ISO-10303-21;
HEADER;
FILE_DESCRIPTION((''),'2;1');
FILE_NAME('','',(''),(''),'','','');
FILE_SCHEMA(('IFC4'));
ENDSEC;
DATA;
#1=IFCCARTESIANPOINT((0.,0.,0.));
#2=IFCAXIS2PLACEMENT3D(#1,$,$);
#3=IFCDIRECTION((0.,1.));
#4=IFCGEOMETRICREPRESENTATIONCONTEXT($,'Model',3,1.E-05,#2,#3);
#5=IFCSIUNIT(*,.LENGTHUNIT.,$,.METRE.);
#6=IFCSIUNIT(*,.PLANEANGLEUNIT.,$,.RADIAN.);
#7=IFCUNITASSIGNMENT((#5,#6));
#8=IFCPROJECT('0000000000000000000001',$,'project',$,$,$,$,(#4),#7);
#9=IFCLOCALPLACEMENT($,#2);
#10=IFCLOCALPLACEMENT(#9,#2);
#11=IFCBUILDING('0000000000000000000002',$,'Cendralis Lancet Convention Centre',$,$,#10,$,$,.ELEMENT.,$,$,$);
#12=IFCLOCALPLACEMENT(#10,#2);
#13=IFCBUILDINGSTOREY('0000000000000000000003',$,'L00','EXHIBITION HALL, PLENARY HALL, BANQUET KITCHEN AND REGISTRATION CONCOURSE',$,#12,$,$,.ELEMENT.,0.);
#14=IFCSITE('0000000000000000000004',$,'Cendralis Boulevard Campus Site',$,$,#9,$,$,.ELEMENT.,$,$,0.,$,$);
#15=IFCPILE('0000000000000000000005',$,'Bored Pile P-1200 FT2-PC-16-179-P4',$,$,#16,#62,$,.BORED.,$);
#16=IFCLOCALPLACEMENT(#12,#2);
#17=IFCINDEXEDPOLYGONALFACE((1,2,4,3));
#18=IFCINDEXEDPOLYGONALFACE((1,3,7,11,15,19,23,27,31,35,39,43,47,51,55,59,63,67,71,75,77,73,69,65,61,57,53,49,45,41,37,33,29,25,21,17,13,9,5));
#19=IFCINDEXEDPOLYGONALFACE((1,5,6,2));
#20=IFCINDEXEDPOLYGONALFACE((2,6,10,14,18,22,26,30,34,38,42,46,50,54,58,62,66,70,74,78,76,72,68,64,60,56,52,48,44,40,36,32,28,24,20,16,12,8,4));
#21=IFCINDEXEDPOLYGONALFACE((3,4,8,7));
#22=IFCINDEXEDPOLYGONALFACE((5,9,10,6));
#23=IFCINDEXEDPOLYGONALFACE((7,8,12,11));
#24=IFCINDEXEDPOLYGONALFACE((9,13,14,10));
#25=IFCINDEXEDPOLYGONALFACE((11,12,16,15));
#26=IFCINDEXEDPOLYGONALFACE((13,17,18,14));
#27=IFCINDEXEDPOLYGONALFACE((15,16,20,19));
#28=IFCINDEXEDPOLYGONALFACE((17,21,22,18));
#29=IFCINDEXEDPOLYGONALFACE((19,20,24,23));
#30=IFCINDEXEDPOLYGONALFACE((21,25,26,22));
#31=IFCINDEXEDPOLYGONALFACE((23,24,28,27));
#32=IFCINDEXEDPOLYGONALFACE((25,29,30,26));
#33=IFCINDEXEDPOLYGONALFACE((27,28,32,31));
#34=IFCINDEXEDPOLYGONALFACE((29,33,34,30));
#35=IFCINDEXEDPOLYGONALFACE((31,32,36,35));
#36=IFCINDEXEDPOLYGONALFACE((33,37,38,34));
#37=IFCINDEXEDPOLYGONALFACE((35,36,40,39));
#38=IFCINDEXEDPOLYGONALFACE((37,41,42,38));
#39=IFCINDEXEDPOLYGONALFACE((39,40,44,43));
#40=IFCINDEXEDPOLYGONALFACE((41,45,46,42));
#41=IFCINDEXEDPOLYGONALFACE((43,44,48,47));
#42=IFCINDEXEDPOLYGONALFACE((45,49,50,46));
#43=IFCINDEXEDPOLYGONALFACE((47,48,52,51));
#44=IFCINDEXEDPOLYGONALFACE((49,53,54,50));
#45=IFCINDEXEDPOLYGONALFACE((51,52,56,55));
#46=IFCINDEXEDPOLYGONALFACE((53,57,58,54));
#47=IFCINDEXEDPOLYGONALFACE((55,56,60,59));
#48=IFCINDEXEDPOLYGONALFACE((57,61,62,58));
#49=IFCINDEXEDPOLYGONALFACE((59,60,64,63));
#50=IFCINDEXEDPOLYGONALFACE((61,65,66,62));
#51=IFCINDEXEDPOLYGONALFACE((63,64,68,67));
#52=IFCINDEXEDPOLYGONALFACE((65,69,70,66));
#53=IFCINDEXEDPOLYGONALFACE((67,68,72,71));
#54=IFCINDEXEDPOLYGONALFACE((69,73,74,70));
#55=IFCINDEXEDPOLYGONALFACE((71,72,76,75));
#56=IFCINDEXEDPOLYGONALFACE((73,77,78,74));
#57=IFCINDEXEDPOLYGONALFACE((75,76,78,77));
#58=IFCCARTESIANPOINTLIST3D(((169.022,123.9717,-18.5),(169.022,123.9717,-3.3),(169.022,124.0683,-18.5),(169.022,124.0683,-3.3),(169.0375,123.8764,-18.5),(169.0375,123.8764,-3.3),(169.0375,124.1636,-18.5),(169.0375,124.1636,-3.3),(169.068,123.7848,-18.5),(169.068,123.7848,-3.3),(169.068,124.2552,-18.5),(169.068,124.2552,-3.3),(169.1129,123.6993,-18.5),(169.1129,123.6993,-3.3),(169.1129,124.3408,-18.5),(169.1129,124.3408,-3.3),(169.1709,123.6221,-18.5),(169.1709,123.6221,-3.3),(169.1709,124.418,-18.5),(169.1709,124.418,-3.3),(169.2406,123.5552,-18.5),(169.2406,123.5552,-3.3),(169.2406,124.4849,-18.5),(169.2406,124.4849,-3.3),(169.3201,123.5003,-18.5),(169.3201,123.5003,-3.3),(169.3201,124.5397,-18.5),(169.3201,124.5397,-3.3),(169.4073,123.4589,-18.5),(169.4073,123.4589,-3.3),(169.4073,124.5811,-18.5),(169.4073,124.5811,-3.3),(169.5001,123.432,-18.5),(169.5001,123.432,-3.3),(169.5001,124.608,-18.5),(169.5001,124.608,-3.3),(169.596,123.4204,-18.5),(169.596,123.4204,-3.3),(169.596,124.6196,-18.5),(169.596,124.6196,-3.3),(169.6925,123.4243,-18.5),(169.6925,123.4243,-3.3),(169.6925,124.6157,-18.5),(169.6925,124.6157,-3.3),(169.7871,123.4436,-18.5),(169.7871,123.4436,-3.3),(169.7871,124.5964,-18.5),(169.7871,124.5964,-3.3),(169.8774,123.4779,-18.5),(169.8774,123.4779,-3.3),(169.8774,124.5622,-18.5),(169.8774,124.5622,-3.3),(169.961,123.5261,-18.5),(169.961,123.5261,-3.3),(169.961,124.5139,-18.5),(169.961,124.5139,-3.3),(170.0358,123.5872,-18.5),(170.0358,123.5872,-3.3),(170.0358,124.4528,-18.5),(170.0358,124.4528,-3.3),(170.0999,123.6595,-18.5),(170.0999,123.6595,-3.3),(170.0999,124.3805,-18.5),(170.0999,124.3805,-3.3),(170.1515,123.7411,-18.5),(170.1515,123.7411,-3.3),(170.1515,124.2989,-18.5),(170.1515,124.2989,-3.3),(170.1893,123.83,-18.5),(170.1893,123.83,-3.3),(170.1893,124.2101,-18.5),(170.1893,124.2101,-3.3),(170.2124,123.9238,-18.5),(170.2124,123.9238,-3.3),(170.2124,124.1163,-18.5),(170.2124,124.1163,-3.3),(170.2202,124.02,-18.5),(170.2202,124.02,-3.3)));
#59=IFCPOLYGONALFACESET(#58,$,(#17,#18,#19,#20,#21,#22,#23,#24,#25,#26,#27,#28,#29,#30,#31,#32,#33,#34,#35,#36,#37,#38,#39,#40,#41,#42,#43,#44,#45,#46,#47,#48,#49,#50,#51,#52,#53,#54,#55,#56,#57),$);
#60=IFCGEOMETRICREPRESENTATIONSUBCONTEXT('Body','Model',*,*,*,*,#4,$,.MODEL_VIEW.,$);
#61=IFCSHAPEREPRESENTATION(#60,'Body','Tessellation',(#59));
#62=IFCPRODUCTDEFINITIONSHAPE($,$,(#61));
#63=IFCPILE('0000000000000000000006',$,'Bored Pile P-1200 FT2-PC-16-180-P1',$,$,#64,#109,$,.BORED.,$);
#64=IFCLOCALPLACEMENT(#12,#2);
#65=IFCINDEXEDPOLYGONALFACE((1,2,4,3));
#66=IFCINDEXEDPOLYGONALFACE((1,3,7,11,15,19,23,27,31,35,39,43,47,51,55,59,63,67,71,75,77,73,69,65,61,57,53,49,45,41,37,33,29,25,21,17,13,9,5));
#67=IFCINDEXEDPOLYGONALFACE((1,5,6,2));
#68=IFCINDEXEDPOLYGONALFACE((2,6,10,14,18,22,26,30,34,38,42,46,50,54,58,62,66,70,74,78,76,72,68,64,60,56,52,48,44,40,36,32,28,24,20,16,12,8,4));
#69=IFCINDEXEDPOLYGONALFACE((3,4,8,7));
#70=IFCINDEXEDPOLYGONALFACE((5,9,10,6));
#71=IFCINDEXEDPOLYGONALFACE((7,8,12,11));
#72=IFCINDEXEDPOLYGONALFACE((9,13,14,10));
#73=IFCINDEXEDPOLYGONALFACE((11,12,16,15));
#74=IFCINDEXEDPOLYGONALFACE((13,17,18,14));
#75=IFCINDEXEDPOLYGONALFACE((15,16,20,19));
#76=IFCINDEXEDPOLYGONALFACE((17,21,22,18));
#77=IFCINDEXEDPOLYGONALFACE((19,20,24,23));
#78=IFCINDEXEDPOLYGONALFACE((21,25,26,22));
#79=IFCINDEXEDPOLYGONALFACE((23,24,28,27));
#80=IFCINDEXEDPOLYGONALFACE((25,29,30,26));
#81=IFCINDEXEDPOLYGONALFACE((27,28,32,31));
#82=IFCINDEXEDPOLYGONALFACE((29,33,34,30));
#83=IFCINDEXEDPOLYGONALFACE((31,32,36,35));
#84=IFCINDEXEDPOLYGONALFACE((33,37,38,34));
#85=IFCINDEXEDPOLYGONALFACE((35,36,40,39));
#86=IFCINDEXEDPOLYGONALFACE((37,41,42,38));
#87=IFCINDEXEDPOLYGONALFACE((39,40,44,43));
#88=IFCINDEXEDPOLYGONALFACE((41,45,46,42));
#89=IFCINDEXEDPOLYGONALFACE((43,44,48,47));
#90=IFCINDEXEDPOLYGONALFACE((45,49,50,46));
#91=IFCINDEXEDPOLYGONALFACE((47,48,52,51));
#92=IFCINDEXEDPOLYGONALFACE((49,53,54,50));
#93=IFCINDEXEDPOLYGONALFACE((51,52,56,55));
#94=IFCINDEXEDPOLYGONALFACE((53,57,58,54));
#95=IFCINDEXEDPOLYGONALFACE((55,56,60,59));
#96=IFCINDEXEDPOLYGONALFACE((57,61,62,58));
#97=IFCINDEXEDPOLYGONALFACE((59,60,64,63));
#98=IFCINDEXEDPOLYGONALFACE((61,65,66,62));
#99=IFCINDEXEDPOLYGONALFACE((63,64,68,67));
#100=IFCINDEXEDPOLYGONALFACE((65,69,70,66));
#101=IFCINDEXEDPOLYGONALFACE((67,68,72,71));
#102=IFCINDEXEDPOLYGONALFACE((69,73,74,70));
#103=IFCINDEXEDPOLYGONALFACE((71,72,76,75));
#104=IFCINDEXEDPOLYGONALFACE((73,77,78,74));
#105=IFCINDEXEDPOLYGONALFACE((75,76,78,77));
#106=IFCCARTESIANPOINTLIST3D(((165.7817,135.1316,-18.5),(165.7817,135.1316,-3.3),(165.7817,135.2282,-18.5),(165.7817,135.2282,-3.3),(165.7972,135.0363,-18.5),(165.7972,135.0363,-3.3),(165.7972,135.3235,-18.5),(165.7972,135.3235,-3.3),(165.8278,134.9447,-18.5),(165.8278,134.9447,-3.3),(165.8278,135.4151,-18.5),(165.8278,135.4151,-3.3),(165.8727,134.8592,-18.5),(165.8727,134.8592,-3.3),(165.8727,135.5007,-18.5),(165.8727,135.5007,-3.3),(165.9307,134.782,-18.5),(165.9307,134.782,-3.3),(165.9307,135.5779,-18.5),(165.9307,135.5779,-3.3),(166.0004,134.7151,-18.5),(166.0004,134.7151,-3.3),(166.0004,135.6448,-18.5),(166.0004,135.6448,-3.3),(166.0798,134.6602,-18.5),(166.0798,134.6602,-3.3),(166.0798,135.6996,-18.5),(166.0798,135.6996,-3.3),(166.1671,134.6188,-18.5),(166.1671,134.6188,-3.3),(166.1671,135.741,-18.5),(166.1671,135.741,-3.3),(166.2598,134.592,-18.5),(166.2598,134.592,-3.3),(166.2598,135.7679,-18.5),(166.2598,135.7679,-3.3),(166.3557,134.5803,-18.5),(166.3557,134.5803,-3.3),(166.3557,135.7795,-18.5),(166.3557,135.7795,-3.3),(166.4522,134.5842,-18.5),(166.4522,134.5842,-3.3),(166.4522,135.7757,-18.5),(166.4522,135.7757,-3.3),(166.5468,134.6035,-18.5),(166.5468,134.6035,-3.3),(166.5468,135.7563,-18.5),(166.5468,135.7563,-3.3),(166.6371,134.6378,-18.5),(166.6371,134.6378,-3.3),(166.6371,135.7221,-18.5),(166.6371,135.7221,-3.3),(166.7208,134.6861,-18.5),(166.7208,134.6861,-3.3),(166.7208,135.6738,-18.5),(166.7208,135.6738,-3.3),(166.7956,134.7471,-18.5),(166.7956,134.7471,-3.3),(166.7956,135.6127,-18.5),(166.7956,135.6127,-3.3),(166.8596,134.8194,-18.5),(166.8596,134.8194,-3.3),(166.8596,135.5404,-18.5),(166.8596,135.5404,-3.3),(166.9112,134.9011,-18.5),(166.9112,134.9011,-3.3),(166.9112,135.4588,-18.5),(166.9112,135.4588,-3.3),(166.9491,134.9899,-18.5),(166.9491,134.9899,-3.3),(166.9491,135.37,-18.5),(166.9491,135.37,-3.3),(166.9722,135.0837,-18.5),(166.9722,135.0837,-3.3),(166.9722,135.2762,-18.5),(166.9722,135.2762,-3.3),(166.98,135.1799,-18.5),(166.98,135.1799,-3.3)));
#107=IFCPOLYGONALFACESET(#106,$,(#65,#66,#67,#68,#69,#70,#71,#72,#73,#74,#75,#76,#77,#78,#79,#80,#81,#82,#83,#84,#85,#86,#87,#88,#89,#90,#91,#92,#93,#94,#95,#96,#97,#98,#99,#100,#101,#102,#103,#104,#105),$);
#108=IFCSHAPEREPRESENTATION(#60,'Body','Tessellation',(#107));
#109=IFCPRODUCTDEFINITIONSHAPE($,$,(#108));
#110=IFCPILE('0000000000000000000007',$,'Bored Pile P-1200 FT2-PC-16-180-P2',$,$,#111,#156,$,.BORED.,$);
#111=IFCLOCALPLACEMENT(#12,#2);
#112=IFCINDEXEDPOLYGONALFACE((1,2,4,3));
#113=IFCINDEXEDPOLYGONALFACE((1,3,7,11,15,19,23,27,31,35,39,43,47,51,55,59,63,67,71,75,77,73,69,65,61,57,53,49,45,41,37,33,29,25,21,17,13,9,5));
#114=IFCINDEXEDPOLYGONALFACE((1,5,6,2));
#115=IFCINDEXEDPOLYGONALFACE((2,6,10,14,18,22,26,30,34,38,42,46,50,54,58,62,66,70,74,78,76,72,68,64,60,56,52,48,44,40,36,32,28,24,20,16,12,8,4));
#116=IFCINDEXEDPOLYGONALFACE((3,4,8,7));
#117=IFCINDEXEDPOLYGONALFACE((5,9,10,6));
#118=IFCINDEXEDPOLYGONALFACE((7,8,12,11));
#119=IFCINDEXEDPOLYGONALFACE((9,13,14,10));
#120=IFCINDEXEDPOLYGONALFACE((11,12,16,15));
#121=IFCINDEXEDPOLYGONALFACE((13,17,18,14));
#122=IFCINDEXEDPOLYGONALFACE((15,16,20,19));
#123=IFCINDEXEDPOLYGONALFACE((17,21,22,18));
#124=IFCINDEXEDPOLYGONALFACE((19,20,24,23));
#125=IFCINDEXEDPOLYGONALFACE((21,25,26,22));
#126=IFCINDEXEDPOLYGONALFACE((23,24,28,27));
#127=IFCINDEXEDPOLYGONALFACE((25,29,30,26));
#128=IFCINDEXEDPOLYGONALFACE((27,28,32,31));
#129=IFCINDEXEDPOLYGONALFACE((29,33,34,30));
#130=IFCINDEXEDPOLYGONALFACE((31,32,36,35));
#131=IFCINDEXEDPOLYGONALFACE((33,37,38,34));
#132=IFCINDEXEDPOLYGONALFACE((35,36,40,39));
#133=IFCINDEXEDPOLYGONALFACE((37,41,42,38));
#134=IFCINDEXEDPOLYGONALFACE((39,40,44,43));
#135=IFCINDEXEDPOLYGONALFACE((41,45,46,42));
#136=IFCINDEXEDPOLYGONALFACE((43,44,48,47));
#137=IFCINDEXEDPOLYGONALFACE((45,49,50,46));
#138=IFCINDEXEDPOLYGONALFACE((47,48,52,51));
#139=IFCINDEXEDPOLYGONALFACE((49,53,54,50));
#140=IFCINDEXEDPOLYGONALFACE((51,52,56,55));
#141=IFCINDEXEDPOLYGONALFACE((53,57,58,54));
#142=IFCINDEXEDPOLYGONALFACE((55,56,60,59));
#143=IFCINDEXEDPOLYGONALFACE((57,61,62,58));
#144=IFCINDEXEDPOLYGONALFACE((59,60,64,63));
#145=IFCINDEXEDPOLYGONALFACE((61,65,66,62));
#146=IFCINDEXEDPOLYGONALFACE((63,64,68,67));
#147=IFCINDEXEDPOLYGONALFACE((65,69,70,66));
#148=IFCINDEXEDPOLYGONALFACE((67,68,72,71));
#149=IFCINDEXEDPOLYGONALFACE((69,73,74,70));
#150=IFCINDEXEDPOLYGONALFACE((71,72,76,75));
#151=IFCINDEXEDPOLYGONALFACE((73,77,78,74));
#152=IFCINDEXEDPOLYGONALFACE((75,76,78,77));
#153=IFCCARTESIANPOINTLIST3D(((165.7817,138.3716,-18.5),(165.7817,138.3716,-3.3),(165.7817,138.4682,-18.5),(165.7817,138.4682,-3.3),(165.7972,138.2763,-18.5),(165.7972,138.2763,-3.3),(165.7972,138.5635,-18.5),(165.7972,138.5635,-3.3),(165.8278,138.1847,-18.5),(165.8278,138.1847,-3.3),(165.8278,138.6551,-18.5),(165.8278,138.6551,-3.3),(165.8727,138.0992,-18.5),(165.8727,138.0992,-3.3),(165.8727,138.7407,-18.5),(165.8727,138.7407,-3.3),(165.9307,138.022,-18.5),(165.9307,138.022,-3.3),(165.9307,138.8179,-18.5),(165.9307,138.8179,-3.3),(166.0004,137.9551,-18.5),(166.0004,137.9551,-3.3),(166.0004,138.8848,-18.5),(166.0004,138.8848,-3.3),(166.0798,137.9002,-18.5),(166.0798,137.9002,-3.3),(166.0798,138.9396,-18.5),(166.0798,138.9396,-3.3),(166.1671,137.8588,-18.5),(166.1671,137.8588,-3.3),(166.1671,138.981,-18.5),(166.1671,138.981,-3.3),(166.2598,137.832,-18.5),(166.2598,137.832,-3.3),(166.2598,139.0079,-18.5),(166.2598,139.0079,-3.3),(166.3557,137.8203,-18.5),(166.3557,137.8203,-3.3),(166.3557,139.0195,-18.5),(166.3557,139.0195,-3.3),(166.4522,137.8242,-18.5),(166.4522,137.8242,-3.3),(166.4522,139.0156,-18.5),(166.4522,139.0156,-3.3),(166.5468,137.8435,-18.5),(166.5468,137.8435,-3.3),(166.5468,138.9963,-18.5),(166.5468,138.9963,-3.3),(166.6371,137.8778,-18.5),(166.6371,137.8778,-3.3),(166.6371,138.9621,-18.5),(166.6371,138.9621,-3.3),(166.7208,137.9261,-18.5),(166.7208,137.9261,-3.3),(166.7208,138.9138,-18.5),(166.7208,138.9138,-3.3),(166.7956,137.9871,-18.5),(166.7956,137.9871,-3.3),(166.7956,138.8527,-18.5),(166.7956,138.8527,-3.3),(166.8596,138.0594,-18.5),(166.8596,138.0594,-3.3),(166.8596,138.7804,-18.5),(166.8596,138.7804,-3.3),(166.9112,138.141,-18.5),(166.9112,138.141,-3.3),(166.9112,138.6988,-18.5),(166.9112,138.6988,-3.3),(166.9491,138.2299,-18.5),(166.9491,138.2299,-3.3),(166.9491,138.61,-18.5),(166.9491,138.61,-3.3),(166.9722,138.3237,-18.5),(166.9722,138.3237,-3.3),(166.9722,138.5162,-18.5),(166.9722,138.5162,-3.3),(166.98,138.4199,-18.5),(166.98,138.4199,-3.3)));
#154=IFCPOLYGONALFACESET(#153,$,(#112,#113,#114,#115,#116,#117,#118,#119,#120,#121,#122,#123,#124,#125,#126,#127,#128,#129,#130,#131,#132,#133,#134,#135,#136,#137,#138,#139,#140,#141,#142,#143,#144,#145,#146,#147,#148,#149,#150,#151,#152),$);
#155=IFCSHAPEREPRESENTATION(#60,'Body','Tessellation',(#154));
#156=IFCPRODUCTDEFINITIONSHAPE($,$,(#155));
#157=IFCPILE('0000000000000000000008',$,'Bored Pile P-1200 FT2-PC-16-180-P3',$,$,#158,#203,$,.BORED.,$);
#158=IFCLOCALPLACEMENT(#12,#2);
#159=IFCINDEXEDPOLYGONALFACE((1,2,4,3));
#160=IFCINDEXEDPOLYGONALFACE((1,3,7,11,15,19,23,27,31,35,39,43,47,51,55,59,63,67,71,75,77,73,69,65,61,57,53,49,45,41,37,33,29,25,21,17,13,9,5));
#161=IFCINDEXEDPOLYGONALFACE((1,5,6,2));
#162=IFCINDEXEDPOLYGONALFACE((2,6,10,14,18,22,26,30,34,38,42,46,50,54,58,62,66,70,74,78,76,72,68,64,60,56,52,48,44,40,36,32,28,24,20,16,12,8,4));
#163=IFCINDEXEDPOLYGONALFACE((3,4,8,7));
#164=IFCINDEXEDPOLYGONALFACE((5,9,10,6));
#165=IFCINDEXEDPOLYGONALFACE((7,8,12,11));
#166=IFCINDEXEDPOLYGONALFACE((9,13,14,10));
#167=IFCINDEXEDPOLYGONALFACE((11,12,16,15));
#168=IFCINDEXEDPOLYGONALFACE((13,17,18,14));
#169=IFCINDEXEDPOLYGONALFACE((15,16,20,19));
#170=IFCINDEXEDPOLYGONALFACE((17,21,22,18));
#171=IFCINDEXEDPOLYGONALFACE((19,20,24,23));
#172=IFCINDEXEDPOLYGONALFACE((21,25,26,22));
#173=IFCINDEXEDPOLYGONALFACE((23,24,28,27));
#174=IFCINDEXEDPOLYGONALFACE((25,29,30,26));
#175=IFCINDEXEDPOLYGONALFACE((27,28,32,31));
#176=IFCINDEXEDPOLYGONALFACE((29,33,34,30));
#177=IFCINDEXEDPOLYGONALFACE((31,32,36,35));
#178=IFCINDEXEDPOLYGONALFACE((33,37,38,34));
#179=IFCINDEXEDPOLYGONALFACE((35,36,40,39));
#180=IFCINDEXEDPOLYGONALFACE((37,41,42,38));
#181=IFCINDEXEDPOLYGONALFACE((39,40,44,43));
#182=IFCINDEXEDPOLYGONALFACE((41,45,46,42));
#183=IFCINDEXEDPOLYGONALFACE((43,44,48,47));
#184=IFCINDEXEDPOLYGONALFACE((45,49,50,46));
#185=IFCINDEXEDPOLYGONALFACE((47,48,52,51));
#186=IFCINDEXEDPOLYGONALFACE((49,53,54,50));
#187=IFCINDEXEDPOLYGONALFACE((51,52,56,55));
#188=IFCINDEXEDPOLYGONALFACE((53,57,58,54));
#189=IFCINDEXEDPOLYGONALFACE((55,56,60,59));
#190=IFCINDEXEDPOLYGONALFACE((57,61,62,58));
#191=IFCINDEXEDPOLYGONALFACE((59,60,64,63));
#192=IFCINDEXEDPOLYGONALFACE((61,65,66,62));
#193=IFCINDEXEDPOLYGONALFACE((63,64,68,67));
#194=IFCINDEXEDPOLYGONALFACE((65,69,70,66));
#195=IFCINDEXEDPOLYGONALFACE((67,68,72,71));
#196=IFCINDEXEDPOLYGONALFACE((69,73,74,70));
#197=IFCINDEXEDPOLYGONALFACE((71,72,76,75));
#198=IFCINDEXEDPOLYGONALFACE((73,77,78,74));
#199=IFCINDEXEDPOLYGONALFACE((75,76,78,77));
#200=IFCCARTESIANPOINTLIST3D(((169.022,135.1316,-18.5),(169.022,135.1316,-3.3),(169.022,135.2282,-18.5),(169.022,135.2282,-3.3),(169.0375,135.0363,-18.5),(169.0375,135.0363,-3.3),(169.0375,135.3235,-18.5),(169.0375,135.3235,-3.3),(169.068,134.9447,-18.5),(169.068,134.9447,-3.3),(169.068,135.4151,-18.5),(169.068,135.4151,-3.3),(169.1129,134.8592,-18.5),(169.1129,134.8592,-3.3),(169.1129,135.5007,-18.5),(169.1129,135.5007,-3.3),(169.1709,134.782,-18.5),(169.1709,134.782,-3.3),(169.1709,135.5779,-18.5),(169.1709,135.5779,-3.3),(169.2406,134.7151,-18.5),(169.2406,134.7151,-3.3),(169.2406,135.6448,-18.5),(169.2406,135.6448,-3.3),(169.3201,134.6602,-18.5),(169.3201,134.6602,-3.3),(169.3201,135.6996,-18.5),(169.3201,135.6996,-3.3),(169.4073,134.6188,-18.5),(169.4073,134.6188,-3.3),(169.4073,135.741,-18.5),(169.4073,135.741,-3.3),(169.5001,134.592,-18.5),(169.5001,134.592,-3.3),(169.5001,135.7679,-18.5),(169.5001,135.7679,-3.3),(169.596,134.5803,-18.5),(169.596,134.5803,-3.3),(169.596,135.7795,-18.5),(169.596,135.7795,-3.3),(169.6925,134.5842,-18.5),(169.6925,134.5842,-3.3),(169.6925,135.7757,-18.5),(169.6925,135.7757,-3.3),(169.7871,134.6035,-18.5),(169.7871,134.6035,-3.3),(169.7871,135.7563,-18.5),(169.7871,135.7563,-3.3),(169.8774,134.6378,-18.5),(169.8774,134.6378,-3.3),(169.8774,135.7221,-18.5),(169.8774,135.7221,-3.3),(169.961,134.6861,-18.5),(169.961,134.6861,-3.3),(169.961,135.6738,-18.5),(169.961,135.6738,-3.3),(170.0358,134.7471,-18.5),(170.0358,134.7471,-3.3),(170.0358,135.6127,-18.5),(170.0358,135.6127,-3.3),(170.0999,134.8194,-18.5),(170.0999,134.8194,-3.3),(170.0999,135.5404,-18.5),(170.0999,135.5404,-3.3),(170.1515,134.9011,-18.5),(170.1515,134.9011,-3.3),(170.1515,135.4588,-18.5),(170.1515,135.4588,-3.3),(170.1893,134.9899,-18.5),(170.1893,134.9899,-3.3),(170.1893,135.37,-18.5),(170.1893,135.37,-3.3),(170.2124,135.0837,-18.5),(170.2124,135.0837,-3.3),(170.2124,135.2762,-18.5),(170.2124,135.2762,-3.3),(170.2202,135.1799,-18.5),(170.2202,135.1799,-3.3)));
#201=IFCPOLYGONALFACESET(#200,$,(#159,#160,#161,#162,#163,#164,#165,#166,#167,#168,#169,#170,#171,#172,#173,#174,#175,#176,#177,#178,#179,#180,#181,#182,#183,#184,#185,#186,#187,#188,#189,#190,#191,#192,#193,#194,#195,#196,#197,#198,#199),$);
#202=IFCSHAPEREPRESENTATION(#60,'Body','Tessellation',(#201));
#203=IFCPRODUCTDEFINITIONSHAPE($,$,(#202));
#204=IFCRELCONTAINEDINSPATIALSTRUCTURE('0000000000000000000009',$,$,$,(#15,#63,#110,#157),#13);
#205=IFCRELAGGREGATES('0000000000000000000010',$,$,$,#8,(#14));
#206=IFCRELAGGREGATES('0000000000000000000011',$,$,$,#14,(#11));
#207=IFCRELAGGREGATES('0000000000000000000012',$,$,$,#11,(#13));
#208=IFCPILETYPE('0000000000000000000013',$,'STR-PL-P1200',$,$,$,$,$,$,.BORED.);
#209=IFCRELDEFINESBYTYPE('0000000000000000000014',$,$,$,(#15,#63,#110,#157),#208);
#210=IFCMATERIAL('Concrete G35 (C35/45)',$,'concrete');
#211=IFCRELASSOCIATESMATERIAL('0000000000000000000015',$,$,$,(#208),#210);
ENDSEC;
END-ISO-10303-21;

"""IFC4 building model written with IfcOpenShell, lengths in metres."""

from ifc_helpers import new_model, si_unit, direction, frame, origin, origin_2d, place, context, subcontext, project, spatial, circle, extrude, material, material_profile, profile_set, type_object, element, save


model = new_model("IFC4")

# Units and contexts
model_context = context("Model", 3, precision=1e-05, world=origin(), true_north=direction((0.0, 1.0)))
body_context = subcontext(model_context, "Body", "Model", "MODEL_VIEW")
ifc_project = project(units=[si_unit("LENGTHUNIT", "METRE"), si_unit("PLANEANGLEUNIT", "RADIAN")], contexts=[model_context])

# Site, building, storey
site_placement = place(None, origin())
site = spatial("IfcSite", under=ifc_project, at=site_placement, Name="Cendralis Boulevard Campus Site", CompositionType="ELEMENT", RefElevation=0.0)
building_placement = place(site_placement, origin())
building = spatial("IfcBuilding", under=site, at=building_placement, Name="Cendralis Lancet Convention Centre", CompositionType="ELEMENT")
storey_placement = place(building_placement, origin())
storey = spatial("IfcBuildingStorey", under=building, at=storey_placement, Name="L00", Description="EXHIBITION HALL, PLENARY HALL, BANQUET KITCHEN AND REGISTRATION CONCOURSE", CompositionType="ELEMENT", Elevation=0.0)

# Shared definitions
ifc_material_1 = material(Name="Concrete G35 (C35/45)", Category="concrete")

# Piles
ifc_material_profile_1 = material_profile(ifc_material_1, circle(Radius=0.6001, at=origin_2d()), Name="BORED PILE D1200")
ifc_profile_set_1 = profile_set([ifc_material_profile_1], Name="Concrete G35 (C35/45)")
pile_type = type_object("IfcPileType", Name="STR-PL-P1200", PredefinedType="BORED", material=ifc_profile_set_1)
for number, where, z_axis, x_axis, name in (
    (1, (169.6201, 124.02, -3.3), (0.0, 0.0, -1.0), (1.0, 0.0, 0.0), "Bored Pile P-1200 FT2-PC-16-179-P4"),
    (2, (166.3799, 135.1799, -3.3), (0.0, 0.0, -1.0), (1.0, 0.0, 0.0), "Bored Pile P-1200 FT2-PC-16-180-P1"),
    (3, (166.3799, 138.4199, -3.3), (0.0, 0.0, -1.0), (1.0, 0.0, 0.0), "Bored Pile P-1200 FT2-PC-16-180-P2"),
    (4, (169.6201, 135.1799, -3.3), (0.0, 0.0, -1.0), (1.0, 0.0, 0.0), "Bored Pile P-1200 FT2-PC-16-180-P3"),
):
    element("IfcPile", number, at=place(storey_placement, frame(where, z_axis=z_axis, x_axis=x_axis)), inside=storey, type_object=pile_type, Name=name, PredefinedType="BORED", context=body_context, shape_type="SweptSolid", body=[
        extrude(circle(Radius=0.6001, at=origin_2d()), origin(), (0.0, 0.0, 1.0), 15.2),
    ])

save(model, "model.ifc")
